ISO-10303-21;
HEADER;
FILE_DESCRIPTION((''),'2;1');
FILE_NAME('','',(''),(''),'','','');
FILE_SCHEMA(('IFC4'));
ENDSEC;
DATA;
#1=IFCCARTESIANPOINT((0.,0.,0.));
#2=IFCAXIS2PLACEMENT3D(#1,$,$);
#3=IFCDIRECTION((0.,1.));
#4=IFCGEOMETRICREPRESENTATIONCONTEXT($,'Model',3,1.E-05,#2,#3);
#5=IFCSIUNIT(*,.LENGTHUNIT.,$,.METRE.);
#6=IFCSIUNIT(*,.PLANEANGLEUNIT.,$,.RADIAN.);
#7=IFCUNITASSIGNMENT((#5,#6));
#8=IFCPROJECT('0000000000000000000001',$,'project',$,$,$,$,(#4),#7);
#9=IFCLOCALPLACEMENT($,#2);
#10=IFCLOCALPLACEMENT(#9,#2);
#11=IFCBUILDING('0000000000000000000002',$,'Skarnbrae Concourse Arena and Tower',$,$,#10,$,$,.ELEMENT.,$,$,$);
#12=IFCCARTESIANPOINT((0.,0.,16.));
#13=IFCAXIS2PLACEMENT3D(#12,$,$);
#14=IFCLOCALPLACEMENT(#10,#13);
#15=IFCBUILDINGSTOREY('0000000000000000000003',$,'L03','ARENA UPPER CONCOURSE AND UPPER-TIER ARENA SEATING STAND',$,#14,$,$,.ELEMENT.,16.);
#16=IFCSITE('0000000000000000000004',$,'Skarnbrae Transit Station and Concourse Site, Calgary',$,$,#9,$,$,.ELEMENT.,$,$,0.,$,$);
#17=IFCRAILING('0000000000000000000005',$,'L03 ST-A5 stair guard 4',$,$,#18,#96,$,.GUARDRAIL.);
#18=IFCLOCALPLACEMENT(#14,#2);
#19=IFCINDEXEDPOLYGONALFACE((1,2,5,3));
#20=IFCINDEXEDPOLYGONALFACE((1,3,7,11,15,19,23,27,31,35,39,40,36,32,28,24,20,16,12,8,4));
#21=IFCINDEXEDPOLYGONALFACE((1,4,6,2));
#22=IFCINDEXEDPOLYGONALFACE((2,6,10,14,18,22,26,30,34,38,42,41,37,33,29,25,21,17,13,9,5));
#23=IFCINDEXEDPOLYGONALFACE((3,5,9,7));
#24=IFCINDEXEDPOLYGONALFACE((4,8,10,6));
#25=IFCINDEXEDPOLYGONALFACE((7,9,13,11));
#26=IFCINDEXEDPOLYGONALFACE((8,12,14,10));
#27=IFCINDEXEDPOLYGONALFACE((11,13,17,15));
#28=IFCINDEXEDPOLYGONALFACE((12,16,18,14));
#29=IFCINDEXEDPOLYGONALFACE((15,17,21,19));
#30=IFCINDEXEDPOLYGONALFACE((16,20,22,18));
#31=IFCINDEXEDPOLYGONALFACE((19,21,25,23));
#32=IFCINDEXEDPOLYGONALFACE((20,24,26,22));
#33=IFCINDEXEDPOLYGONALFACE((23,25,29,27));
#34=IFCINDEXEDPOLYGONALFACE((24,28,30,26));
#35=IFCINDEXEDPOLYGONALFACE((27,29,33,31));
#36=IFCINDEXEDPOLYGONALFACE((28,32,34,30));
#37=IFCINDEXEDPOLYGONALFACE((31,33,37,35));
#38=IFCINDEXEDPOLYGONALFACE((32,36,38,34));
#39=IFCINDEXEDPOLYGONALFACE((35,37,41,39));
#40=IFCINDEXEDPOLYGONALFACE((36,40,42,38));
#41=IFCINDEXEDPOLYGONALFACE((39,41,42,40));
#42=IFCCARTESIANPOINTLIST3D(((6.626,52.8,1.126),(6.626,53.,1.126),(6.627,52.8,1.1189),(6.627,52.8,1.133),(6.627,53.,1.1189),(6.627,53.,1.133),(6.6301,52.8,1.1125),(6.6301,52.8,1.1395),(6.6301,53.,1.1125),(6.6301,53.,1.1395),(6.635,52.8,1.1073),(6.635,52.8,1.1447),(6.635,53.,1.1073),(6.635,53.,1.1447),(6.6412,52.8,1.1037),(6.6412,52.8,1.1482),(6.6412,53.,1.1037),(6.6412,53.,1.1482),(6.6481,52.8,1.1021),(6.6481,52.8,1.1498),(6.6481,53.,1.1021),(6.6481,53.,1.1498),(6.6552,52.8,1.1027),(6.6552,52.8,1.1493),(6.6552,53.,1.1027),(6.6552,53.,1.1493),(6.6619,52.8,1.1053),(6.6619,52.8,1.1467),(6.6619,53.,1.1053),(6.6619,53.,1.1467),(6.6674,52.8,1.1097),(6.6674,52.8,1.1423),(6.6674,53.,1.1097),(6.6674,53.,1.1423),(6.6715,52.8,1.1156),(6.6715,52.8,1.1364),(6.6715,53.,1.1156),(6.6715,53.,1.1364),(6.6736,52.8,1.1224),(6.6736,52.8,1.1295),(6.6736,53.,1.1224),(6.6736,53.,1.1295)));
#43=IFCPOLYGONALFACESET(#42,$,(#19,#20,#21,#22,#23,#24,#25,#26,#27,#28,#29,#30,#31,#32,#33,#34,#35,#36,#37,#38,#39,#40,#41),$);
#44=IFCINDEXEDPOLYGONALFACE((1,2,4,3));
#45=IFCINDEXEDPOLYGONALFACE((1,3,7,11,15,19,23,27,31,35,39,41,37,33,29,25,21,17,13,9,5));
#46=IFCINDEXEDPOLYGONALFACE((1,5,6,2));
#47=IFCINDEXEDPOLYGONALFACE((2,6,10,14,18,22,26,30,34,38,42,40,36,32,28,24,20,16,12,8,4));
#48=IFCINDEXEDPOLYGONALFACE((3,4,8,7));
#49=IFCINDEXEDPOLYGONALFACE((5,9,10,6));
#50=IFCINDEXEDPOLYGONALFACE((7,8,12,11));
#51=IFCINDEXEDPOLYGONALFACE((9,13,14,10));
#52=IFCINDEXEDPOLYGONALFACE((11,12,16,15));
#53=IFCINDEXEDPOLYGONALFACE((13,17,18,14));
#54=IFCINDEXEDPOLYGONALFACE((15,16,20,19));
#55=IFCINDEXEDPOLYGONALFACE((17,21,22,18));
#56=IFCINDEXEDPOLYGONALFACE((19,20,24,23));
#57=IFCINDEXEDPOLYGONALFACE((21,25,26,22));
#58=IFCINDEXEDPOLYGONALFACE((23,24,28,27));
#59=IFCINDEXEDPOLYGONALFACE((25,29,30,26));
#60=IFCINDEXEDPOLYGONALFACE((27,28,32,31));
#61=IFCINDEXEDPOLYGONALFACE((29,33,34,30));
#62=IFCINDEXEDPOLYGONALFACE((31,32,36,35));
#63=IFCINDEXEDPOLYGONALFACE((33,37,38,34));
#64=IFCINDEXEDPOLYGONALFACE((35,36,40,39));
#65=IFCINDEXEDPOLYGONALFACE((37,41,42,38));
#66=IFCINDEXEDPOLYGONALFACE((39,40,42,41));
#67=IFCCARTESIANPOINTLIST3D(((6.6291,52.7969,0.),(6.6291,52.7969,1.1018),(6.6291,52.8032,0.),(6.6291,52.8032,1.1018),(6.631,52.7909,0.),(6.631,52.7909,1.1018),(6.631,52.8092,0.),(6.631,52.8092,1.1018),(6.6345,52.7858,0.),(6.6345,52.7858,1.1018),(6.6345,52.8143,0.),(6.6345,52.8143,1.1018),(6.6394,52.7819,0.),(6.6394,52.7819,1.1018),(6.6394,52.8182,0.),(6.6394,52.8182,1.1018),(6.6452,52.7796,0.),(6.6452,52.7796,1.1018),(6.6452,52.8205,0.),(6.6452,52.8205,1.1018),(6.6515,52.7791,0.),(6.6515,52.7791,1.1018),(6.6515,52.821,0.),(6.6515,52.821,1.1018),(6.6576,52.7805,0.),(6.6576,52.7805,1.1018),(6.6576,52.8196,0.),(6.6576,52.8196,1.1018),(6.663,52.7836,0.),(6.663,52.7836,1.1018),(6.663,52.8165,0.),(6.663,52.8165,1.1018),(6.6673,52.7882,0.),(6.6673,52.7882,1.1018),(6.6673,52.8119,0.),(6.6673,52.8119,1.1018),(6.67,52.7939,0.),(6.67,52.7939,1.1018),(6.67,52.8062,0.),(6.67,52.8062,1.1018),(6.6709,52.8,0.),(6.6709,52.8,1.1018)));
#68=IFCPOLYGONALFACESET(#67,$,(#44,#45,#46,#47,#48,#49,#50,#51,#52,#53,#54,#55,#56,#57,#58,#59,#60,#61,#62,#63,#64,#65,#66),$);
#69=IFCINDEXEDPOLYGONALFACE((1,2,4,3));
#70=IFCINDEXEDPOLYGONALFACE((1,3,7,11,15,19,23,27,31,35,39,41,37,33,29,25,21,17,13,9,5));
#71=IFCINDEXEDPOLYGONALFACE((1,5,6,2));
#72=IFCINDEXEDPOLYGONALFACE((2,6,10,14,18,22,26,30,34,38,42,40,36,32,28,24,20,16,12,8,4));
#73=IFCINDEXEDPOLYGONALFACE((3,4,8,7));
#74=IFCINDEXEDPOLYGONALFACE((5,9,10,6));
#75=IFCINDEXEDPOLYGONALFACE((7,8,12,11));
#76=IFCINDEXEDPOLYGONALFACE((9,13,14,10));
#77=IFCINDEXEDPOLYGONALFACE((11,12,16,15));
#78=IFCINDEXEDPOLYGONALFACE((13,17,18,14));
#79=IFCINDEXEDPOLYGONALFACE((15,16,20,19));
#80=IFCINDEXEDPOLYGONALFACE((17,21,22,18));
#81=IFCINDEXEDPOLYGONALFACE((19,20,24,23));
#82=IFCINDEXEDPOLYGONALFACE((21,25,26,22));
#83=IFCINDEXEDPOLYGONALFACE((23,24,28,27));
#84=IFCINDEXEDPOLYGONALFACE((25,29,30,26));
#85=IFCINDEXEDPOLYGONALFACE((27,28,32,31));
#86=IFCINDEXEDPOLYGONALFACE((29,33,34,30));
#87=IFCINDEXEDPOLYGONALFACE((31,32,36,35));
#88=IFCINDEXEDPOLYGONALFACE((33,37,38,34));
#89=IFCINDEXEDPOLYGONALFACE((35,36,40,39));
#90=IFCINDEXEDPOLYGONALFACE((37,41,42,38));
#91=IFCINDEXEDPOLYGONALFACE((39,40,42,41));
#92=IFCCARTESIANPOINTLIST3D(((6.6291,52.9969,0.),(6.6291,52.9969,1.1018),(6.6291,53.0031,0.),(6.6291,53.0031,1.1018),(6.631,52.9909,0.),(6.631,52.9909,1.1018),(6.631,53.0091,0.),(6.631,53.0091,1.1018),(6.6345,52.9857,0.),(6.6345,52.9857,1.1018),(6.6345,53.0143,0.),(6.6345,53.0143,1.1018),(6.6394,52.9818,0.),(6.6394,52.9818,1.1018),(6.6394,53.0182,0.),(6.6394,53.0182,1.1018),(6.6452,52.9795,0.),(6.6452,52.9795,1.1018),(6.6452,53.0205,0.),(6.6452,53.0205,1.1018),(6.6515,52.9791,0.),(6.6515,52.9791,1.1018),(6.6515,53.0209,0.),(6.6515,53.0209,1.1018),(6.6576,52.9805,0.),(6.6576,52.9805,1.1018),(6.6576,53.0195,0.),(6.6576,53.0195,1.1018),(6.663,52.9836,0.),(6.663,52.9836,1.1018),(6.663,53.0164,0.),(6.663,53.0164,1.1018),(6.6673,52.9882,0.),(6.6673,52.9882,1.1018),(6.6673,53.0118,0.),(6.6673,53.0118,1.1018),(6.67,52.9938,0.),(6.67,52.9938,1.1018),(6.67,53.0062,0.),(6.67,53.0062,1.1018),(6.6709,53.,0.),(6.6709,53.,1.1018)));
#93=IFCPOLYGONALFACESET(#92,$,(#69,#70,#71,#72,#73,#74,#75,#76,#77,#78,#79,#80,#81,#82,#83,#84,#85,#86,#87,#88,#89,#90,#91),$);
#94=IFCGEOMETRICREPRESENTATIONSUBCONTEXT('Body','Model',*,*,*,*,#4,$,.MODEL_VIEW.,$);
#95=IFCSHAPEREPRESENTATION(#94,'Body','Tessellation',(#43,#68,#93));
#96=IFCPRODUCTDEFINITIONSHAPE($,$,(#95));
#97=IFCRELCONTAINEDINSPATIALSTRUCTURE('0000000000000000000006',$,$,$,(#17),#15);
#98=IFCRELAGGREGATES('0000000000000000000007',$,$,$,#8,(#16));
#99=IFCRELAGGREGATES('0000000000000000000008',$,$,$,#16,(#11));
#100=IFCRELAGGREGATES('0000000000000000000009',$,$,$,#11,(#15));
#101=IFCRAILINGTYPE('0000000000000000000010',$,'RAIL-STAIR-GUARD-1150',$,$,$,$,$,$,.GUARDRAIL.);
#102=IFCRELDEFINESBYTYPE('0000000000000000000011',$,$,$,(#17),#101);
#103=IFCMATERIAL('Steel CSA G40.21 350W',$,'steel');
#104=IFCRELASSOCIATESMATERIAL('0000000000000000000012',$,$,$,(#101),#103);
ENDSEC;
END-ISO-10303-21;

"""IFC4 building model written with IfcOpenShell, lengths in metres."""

from ifc_helpers import new_model, si_unit, direction, frame, origin, origin_2d, place, context, subcontext, project, spatial, circle, extrude, material, type_object, element, save


model = new_model("IFC4")

# Units and contexts
model_context = context("Model", 3, precision=1e-05, world=origin(), true_north=direction((0.0, 1.0)))
body_context = subcontext(model_context, "Body", "Model", "MODEL_VIEW")
ifc_project = project(units=[si_unit("LENGTHUNIT", "METRE"), si_unit("PLANEANGLEUNIT", "RADIAN")], contexts=[model_context])

# Site, building, storey
site_placement = place(None, origin())
site = spatial("IfcSite", under=ifc_project, at=site_placement, Name="Skarnbrae Transit Station and Concourse Site, Calgary", CompositionType="ELEMENT", RefElevation=0.0)
building_placement = place(site_placement, origin())
building = spatial("IfcBuilding", under=site, at=building_placement, Name="Skarnbrae Concourse Arena and Tower", CompositionType="ELEMENT")
storey_placement = place(building_placement, frame((0.0, 0.0, 16.0)))
storey = spatial("IfcBuildingStorey", under=building, at=storey_placement, Name="L03", Description="ARENA UPPER CONCOURSE AND UPPER-TIER ARENA SEATING STAND", CompositionType="ELEMENT", Elevation=16.0)

# Shared definitions
ifc_material_1 = material(Name="Steel CSA G40.21 350W", Category="steel")

# Railing
railing_type_1 = type_object("IfcRailingType", Name="RAIL-STAIR-GUARD-1150", PredefinedType="GUARDRAIL", material=ifc_material_1)
railing_1_placement = place(storey_placement, frame((6.6499, 52.8, 0.0)))
element("IfcRailing", 1, at=railing_1_placement, inside=storey, type_object=railing_type_1, Name="L03 ST-A5 stair guard 4", PredefinedType="GUARDRAIL", context=body_context, shape_type="SweptSolid", body=[
    extrude(circle(Radius=0.0239, at=origin_2d()), frame((0.0, 0.0, 1.126), z_axis=(0.0, 1.0, 0.0), x_axis=(-1.0, 0.0, 0.0)), (0.0, 0.0, 1.0), 0.2),
    extrude(circle(Radius=0.021, at=origin_2d()), origin(), (0.0, 0.0, 1.0), 1.1018),
    extrude(circle(Radius=0.021, at=origin_2d()), frame((0.0, 0.2, 0.0)), (0.0, 0.0, 1.0), 1.1018),
])

save(model, "model.ifc")
